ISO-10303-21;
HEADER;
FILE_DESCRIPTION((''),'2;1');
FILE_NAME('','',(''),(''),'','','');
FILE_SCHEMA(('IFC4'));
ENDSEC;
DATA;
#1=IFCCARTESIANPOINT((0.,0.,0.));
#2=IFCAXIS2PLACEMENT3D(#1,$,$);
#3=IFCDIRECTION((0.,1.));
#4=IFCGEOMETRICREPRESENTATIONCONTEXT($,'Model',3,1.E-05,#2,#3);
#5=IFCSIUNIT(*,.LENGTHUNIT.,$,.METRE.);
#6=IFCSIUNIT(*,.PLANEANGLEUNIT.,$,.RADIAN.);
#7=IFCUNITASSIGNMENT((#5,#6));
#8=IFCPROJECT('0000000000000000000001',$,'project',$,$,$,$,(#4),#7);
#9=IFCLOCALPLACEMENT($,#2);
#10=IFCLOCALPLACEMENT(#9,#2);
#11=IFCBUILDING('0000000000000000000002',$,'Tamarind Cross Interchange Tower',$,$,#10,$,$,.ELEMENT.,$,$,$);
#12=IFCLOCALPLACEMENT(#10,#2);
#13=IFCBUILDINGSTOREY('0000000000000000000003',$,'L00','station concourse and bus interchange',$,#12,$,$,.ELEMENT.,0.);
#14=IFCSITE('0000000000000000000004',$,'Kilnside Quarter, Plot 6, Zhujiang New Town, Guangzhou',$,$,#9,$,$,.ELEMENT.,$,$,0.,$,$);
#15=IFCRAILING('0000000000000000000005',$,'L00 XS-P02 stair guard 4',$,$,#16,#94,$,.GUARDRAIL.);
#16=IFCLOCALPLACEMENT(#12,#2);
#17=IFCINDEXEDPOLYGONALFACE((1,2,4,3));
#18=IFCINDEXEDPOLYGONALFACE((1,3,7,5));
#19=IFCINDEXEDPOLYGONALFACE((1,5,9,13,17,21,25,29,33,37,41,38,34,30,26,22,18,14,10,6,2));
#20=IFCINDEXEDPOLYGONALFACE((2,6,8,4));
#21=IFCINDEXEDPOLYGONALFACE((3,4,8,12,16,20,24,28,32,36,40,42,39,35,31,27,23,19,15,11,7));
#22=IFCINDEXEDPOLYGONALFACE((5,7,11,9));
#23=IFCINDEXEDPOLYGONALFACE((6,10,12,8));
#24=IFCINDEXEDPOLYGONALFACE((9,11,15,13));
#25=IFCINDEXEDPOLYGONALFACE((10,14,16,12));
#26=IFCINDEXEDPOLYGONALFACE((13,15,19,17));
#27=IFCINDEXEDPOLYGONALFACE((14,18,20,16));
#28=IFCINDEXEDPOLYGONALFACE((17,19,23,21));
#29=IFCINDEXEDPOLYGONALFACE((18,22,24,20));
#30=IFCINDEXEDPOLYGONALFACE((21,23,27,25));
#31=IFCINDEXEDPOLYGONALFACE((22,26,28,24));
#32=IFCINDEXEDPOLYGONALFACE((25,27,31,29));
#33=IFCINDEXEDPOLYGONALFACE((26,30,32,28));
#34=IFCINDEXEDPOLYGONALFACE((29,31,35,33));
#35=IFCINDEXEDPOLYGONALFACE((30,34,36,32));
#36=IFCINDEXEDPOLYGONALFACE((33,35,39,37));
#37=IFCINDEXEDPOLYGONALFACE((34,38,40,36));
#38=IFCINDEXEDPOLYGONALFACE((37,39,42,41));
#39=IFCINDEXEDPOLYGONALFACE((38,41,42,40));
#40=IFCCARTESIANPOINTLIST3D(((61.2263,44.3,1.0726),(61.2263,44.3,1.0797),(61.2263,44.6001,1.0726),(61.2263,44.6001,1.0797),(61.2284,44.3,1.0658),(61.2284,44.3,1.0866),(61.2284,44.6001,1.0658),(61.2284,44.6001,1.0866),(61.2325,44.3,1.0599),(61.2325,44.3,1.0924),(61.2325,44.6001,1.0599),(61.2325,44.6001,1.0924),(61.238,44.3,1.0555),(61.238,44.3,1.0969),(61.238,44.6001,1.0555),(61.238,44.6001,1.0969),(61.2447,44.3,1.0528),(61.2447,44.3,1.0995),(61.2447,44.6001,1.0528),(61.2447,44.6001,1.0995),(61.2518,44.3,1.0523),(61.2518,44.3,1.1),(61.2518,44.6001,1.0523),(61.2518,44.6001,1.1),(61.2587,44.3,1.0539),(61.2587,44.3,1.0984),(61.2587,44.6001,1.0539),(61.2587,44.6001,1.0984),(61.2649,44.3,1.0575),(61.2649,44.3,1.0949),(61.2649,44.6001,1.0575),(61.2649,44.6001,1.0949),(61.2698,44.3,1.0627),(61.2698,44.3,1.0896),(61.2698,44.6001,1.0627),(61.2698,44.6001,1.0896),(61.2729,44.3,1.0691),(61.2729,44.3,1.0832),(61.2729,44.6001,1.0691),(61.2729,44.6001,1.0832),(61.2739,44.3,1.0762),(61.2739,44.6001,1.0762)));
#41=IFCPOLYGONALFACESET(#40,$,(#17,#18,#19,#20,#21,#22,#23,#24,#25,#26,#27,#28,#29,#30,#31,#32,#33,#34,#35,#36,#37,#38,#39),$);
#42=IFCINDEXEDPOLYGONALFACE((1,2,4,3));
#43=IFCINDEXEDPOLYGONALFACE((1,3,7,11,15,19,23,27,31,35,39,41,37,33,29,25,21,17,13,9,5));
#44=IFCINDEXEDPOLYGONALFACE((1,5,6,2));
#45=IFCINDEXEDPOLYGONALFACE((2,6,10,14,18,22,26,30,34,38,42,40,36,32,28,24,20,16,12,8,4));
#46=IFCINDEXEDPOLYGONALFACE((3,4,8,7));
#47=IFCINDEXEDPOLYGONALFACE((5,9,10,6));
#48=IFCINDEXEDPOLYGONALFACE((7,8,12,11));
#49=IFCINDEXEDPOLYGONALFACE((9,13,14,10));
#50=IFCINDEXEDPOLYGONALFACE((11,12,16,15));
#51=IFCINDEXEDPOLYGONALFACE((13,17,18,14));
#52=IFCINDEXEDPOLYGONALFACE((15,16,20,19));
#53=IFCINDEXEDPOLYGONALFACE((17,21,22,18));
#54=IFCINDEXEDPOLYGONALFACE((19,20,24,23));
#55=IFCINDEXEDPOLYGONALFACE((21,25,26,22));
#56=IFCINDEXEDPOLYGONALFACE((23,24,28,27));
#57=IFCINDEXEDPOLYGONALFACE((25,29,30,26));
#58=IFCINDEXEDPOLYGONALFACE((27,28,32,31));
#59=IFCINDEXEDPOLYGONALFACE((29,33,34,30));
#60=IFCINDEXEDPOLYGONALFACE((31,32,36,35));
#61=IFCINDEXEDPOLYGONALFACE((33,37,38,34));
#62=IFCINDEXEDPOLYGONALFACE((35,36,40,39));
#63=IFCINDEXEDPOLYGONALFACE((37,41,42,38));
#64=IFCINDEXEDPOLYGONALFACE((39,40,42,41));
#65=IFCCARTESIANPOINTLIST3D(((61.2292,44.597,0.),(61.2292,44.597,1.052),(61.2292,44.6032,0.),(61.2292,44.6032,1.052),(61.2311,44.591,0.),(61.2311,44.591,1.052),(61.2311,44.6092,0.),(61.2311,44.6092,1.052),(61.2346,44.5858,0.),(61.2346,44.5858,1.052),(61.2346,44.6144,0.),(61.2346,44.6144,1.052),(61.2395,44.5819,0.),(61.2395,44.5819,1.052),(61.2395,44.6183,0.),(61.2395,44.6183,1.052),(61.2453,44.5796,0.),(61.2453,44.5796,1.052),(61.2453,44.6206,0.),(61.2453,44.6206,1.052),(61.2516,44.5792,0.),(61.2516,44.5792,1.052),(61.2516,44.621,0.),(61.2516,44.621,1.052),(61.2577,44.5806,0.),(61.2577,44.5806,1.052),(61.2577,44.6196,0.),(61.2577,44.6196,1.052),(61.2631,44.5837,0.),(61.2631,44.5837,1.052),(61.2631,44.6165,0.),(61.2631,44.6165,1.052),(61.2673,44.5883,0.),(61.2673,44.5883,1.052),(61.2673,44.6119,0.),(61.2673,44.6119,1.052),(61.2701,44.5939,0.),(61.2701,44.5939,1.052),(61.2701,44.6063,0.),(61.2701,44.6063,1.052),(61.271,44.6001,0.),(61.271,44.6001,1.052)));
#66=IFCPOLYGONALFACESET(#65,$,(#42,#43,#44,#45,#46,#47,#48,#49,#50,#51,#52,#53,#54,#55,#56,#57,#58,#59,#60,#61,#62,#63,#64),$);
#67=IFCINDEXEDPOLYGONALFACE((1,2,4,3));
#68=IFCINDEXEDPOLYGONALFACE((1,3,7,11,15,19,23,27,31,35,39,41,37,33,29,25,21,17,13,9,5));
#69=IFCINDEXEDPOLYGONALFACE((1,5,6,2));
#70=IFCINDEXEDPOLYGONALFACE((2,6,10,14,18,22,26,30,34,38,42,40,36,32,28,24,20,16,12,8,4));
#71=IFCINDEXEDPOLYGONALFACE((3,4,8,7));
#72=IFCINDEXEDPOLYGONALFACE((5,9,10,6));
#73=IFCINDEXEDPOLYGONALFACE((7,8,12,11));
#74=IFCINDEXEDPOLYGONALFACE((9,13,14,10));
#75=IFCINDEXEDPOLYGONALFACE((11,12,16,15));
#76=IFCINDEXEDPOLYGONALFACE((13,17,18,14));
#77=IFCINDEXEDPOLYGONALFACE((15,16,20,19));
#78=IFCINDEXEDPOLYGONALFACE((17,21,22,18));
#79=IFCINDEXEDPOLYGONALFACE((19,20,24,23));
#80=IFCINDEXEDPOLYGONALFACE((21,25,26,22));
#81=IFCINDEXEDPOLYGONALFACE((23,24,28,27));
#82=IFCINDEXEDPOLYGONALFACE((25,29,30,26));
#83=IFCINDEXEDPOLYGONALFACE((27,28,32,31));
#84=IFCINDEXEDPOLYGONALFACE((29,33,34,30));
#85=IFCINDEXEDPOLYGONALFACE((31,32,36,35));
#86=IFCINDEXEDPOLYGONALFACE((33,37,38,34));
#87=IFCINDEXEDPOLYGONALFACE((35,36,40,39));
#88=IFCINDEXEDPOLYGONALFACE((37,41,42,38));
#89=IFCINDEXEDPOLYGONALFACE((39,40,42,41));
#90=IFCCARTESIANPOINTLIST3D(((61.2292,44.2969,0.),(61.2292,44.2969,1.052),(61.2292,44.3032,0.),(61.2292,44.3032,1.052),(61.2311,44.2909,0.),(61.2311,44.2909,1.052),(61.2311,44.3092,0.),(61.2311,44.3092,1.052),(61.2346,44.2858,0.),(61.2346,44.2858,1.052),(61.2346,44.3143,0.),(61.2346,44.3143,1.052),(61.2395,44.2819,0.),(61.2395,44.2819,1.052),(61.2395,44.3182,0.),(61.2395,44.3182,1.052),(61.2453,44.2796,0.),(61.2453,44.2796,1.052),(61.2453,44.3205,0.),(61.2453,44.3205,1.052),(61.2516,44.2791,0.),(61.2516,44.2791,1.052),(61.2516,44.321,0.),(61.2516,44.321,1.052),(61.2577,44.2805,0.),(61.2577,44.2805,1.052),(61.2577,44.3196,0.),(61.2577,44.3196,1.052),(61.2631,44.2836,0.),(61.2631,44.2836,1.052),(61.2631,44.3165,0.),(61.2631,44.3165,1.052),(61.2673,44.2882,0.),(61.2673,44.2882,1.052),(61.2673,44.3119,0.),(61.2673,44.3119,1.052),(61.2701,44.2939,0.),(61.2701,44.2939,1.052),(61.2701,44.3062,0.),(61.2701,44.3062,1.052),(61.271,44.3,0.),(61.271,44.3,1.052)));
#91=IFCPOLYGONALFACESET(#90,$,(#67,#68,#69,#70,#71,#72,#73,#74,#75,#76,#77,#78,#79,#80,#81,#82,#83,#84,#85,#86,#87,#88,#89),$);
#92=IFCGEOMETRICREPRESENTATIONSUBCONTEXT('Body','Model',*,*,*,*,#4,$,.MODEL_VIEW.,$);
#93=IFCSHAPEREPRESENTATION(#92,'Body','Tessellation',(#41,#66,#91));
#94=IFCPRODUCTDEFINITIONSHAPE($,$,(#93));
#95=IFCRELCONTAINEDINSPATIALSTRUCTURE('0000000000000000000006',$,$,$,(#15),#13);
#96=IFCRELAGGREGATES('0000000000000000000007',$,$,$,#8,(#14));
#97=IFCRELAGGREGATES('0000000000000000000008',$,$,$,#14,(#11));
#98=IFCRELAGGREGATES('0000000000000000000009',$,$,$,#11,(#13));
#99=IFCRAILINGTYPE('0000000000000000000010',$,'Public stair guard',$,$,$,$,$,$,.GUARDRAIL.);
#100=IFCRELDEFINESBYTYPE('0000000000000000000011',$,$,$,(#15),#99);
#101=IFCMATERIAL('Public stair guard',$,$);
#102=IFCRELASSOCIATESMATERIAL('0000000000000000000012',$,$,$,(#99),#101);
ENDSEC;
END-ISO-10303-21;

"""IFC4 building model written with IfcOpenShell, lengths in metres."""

from ifc_helpers import new_model, si_unit, direction, frame, origin, origin_2d, place, context, subcontext, project, spatial, circle, extrude, material, type_object, element, save


model = new_model("IFC4")

# Units and contexts
model_context = context("Model", 3, precision=1e-05, world=origin(), true_north=direction((0.0, 1.0)))
body_context = subcontext(model_context, "Body", "Model", "MODEL_VIEW")
ifc_project = project(units=[si_unit("LENGTHUNIT", "METRE"), si_unit("PLANEANGLEUNIT", "RADIAN")], contexts=[model_context])

# Site, building, storey
site_placement = place(None, origin())
site = spatial("IfcSite", under=ifc_project, at=site_placement, Name="Kilnside Quarter, Plot 6, Zhujiang New Town, Guangzhou", CompositionType="ELEMENT", RefElevation=0.0)
building_placement = place(site_placement, origin())
building = spatial("IfcBuilding", under=site, at=building_placement, Name="Tamarind Cross Interchange Tower", CompositionType="ELEMENT")
storey_placement = place(building_placement, origin())
storey = spatial("IfcBuildingStorey", under=building, at=storey_placement, Name="L00", Description="station concourse and bus interchange", CompositionType="ELEMENT", Elevation=0.0)

# Railing
ifc_material_1 = material(Name="Public stair guard")
railing_type_1 = type_object("IfcRailingType", Name="Public stair guard", PredefinedType="GUARDRAIL", material=ifc_material_1)
railing_1_placement = place(storey_placement, frame((61.25, 44.6001, 0.0)))
element("IfcRailing", 1, at=railing_1_placement, inside=storey, type_object=railing_type_1, Name="L00 XS-P02 stair guard 4", PredefinedType="GUARDRAIL", context=body_context, shape_type="SweptSolid", body=[
    extrude(circle(Radius=0.0239, at=origin_2d()), frame((0.0, 0.0, 1.0762), z_axis=(0.0, -1.0, 0.0), x_axis=(1.0, 0.0, 0.0)), (0.0, 0.0, 1.0), 0.3),
    extrude(circle(Radius=0.021, at=origin_2d()), origin(), (0.0, 0.0, 1.0), 1.052),
    extrude(circle(Radius=0.021, at=origin_2d()), frame((0.0, -0.3, 0.0)), (0.0, 0.0, 1.0), 1.052),
])

save(model, "model.ifc")
